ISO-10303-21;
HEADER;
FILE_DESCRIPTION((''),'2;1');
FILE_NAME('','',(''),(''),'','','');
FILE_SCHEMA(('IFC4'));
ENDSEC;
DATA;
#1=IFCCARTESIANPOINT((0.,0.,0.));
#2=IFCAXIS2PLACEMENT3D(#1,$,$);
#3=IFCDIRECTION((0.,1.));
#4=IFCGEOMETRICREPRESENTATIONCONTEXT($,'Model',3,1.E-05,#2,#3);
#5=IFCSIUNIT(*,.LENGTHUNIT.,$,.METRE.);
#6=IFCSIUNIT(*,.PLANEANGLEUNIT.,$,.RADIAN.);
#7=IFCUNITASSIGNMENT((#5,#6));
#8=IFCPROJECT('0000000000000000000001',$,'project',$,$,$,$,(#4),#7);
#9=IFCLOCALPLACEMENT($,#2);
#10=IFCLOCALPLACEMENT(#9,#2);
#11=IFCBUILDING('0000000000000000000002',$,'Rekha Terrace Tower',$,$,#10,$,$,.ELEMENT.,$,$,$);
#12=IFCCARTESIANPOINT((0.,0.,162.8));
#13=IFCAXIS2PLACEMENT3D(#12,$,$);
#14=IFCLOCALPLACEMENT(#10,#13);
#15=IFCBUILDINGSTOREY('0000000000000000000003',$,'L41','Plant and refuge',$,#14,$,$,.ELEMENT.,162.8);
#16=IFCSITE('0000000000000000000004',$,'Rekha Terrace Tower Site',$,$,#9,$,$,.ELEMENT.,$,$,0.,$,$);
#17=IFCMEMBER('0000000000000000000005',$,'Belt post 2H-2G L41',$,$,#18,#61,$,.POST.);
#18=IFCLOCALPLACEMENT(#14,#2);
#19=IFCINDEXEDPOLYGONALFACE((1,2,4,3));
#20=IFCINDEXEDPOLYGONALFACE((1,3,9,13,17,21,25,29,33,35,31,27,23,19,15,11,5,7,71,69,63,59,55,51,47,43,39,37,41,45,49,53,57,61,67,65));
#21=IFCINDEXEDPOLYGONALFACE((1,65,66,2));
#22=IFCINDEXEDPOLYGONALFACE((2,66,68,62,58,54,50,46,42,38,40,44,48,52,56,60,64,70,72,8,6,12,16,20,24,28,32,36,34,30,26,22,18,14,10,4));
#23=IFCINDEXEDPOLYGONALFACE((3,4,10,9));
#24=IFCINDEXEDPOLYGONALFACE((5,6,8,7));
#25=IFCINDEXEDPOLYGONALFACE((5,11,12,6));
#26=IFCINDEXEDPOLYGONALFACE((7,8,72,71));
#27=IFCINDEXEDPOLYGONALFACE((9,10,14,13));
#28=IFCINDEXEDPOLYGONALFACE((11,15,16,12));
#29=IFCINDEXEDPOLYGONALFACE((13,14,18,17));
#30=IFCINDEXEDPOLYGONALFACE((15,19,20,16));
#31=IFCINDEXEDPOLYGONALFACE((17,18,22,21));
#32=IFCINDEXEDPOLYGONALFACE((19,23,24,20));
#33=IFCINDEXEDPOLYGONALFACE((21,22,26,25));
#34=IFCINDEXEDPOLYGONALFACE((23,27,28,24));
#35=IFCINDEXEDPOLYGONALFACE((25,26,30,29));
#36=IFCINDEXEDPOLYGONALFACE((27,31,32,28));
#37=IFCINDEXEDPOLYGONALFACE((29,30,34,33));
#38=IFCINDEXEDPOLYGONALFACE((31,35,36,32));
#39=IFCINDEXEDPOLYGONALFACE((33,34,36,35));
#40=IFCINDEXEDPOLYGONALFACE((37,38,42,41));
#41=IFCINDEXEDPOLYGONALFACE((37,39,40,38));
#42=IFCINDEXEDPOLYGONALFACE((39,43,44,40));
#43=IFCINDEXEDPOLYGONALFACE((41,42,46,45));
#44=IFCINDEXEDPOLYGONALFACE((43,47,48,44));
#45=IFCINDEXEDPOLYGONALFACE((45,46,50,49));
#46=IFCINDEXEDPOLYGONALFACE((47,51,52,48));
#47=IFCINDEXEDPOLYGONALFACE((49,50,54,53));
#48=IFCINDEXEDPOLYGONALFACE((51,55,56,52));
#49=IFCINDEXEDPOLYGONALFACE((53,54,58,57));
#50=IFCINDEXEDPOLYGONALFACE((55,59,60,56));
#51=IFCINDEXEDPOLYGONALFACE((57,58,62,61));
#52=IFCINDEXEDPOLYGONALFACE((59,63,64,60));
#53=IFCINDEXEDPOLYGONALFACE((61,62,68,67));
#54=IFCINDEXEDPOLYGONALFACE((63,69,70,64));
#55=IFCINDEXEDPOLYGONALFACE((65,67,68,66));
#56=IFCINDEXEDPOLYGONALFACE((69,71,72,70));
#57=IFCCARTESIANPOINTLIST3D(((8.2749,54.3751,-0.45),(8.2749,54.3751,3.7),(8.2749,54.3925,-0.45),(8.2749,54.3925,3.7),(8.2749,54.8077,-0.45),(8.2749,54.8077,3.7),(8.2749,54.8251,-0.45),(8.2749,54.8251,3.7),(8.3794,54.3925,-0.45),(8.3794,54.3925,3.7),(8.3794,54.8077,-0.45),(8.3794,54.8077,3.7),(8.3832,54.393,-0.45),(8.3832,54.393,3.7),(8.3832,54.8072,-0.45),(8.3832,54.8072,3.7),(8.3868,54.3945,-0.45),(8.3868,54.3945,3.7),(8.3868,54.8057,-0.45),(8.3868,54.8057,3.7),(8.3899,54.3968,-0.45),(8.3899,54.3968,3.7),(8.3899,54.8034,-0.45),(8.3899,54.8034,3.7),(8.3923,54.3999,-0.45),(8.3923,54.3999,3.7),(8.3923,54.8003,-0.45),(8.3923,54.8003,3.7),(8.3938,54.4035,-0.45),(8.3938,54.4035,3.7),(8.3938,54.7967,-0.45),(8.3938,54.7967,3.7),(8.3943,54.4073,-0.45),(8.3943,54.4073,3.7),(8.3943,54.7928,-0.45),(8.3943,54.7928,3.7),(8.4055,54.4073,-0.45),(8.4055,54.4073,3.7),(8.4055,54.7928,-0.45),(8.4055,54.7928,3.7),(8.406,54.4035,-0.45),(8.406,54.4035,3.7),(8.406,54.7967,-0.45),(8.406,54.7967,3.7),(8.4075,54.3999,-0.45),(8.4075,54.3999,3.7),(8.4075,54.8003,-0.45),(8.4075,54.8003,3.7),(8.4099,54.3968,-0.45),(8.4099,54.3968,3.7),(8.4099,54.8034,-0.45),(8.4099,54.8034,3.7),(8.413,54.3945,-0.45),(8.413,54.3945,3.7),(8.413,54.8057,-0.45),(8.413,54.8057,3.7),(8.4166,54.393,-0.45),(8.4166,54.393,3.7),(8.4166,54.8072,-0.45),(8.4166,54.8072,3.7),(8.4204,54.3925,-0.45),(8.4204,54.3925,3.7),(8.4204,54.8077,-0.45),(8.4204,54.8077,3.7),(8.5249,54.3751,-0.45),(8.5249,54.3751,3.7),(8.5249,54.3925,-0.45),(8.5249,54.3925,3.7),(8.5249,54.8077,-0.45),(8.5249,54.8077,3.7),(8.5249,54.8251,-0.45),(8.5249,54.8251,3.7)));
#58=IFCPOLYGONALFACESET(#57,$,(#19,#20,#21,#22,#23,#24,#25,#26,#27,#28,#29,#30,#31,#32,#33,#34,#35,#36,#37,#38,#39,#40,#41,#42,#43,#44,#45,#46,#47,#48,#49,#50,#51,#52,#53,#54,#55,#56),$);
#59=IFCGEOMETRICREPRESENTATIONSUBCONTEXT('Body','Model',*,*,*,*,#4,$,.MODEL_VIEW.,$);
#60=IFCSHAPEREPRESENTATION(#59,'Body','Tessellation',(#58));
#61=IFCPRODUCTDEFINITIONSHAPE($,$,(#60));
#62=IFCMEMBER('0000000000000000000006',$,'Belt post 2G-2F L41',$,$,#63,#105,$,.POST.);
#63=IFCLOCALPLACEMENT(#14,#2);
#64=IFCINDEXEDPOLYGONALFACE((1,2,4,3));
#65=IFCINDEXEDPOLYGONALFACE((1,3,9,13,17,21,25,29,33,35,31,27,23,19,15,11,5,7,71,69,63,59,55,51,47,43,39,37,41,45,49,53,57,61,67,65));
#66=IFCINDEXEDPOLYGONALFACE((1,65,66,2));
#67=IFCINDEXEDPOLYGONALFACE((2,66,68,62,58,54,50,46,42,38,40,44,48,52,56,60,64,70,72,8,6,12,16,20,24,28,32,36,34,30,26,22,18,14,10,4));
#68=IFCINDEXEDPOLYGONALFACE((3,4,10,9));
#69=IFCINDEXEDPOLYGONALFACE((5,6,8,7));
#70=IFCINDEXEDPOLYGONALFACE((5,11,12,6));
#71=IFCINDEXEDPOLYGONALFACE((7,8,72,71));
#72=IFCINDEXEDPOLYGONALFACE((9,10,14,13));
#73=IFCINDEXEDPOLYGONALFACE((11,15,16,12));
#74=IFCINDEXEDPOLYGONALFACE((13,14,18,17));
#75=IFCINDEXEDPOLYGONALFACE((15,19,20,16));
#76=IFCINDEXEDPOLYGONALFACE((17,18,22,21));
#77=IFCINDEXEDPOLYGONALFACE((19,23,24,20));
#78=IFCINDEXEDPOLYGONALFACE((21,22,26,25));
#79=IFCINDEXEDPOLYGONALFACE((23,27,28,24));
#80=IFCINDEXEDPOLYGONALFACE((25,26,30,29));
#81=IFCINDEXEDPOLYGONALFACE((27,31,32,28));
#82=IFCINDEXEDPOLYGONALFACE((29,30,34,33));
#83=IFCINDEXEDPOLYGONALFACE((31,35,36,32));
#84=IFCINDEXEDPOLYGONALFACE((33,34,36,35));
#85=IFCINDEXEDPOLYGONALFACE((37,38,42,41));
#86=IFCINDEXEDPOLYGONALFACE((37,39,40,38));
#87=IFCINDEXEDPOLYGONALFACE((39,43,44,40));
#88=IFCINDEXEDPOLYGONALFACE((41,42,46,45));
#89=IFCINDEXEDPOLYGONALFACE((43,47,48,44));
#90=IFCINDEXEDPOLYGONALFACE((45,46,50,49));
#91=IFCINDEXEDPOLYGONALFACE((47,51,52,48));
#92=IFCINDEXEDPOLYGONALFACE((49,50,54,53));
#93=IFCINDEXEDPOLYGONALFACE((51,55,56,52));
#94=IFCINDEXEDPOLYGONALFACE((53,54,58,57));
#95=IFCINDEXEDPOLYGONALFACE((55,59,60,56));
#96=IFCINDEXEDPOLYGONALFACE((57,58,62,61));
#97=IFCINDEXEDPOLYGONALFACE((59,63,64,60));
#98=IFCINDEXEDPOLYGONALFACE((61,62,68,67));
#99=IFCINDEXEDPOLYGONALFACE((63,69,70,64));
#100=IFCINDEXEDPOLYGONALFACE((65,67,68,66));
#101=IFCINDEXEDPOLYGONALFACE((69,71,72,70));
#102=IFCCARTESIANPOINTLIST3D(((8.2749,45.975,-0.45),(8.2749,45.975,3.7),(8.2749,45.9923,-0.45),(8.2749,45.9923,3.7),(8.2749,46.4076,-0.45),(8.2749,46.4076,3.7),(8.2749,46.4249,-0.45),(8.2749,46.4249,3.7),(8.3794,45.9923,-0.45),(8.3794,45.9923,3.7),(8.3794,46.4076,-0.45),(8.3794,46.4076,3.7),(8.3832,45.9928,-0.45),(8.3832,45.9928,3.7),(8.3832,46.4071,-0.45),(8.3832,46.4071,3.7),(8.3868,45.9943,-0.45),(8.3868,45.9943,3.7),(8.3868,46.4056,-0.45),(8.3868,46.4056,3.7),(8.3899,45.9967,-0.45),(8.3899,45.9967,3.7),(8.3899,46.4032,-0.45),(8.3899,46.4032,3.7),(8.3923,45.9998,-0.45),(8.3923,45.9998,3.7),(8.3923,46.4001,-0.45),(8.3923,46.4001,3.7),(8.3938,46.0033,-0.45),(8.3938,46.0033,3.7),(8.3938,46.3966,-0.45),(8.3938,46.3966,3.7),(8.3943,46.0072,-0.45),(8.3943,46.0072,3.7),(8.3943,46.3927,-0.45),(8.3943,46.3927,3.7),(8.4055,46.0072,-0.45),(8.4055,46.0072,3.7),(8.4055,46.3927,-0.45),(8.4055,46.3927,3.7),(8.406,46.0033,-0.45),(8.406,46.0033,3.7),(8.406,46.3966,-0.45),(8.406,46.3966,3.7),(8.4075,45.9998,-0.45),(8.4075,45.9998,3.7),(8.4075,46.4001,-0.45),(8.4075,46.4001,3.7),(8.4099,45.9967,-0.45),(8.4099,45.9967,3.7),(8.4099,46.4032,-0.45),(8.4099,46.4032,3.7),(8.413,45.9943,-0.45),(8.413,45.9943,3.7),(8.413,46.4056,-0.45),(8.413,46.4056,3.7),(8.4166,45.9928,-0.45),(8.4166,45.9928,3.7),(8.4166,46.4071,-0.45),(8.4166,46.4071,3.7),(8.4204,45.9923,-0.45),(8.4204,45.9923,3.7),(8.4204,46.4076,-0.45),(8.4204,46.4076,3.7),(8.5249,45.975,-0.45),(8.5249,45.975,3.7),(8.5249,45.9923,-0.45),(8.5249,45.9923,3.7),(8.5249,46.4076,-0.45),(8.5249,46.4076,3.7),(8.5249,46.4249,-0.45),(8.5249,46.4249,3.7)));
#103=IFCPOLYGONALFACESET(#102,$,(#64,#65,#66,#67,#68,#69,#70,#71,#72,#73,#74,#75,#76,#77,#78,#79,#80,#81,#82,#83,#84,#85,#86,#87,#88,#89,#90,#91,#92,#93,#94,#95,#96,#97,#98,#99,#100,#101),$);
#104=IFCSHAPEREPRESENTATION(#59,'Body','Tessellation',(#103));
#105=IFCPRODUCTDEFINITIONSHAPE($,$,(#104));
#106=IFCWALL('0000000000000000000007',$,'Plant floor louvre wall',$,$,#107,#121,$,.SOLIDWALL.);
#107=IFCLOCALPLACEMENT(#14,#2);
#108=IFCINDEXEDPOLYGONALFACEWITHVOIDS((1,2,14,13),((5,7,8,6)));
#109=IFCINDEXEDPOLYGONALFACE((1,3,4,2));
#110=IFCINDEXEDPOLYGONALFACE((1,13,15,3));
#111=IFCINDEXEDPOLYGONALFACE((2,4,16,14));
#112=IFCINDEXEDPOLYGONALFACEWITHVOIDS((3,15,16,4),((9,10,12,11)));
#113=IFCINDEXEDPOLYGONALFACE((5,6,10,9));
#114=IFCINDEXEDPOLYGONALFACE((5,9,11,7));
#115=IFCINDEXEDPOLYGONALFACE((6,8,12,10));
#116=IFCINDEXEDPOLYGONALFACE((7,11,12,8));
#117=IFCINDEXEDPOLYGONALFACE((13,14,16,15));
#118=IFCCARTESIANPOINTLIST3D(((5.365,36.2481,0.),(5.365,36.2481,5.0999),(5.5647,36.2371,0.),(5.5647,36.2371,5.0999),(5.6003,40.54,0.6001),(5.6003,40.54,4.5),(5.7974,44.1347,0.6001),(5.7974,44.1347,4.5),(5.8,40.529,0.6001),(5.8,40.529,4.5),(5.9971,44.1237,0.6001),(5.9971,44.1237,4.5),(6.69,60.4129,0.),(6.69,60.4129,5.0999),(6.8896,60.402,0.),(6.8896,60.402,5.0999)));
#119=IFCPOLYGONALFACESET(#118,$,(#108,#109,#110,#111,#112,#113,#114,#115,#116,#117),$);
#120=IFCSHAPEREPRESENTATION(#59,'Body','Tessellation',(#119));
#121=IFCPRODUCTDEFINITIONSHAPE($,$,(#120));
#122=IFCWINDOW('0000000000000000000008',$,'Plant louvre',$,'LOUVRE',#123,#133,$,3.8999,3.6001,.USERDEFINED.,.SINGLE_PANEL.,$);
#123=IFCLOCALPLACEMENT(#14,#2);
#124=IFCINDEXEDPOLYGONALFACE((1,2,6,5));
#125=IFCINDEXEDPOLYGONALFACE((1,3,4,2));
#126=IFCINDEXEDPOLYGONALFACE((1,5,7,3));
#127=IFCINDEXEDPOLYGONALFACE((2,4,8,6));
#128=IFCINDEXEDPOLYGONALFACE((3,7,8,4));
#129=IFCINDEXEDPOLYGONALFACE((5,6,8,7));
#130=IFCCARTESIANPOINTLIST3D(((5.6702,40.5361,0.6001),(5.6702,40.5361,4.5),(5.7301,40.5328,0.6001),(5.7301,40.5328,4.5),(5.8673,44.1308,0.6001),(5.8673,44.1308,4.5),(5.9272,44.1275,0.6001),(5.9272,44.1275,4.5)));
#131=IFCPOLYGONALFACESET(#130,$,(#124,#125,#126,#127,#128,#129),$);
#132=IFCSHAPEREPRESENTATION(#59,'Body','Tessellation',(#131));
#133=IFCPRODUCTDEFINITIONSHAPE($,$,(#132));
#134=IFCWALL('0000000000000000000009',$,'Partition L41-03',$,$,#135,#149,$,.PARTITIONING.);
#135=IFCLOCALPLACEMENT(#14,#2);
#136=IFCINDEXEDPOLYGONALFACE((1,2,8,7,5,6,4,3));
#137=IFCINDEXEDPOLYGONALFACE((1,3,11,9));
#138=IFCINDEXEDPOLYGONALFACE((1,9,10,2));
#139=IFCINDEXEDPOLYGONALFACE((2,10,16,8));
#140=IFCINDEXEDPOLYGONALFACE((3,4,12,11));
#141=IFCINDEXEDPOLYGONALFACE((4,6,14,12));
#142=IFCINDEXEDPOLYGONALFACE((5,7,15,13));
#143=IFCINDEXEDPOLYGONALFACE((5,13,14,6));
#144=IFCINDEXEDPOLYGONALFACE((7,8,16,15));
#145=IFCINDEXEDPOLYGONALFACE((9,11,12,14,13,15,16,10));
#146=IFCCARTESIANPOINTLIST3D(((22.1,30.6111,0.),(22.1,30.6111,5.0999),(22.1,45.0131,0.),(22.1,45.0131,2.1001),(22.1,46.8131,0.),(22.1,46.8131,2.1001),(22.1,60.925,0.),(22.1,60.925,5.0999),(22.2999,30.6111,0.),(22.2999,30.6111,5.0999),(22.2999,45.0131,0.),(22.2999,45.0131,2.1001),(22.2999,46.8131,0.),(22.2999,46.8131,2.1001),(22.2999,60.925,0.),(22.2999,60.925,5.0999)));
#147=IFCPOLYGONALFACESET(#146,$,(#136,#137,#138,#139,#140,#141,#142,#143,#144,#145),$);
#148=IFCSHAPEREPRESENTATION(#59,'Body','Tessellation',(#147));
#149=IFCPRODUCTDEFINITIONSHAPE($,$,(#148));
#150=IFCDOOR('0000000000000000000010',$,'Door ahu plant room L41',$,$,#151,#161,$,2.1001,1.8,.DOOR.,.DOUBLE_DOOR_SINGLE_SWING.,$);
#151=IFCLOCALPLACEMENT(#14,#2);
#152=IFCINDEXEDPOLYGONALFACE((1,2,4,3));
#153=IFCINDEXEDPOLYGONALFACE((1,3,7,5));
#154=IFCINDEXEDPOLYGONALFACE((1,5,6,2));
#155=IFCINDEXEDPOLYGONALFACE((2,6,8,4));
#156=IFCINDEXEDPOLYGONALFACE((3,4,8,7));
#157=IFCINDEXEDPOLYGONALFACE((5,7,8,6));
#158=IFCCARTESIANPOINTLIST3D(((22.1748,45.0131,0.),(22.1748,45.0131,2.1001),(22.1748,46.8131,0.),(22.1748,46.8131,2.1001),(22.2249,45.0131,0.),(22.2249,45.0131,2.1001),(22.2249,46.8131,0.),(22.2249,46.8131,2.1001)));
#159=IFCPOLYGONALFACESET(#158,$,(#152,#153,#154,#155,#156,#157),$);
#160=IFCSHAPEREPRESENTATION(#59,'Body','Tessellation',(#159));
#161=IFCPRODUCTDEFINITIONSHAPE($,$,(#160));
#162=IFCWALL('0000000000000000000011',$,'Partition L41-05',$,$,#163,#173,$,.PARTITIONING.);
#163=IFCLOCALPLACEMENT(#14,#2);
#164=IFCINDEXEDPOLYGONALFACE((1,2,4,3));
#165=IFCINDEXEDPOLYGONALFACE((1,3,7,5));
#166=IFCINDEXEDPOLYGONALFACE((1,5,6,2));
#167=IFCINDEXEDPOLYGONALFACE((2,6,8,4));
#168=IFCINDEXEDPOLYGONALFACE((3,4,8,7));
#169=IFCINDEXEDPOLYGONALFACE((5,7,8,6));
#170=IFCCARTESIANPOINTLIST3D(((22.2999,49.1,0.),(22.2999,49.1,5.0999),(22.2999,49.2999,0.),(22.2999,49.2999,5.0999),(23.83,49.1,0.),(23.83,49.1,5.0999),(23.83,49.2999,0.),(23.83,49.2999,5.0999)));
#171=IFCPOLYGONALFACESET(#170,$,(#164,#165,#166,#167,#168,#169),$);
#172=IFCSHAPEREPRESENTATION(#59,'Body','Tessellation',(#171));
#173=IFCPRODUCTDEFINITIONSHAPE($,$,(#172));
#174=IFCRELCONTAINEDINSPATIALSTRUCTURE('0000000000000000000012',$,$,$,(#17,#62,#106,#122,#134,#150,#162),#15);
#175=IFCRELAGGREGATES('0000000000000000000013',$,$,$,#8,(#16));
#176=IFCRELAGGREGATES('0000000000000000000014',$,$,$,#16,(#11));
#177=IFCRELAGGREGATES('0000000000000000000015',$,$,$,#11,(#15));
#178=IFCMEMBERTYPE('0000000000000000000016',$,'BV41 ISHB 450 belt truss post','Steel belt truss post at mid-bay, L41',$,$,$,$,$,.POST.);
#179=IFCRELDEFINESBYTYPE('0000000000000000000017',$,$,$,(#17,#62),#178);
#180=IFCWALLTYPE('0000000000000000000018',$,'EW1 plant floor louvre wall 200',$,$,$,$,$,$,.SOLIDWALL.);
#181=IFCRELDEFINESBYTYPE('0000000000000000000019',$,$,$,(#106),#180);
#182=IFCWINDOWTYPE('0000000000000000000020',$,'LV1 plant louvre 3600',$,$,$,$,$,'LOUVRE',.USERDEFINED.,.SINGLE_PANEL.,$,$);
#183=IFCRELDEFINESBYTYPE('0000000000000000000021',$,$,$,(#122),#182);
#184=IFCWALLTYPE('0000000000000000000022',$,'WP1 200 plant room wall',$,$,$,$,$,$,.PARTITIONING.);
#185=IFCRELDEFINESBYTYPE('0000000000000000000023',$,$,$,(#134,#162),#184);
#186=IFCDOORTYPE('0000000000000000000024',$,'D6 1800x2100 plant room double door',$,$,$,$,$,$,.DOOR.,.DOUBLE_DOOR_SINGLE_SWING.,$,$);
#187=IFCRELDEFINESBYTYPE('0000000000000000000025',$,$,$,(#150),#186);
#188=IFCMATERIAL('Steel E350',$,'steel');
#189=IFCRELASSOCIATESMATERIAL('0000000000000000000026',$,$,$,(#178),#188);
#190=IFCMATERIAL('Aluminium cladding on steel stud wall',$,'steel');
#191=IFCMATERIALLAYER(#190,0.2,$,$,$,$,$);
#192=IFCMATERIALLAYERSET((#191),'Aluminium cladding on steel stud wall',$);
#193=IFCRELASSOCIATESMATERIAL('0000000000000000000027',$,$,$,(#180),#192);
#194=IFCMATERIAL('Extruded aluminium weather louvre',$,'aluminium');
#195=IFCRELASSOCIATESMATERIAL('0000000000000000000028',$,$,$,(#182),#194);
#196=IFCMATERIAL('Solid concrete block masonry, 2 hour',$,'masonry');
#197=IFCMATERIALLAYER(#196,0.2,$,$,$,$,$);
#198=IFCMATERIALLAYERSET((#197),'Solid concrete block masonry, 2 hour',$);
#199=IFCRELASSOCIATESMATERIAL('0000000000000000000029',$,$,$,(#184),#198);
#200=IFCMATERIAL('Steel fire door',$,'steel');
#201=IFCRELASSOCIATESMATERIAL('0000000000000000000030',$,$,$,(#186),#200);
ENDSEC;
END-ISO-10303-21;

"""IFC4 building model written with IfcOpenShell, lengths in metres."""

from ifc_helpers import new_model, si_unit, direction, frame, frame_2d, origin, origin_2d, place, context, subcontext, project, spatial, rectangle, i_section, extrude, material, layer, layer_set, material_profile, profile_set, type_object, element, fill, save


model = new_model("IFC4")

# Units and contexts
model_context = context("Model", 3, precision=1e-05, world=origin(), true_north=direction((0.0, 1.0)))
body_context = subcontext(model_context, "Body", "Model", "MODEL_VIEW")
ifc_project = project(units=[si_unit("LENGTHUNIT", "METRE"), si_unit("PLANEANGLEUNIT", "RADIAN")], contexts=[model_context])

# Site, building, storey
site_placement = place(None, origin())
site = spatial("IfcSite", under=ifc_project, at=site_placement, Name="Rekha Terrace Tower Site", CompositionType="ELEMENT", RefElevation=0.0)
building_placement = place(site_placement, origin())
building = spatial("IfcBuilding", under=site, at=building_placement, Name="Rekha Terrace Tower", CompositionType="ELEMENT")
storey_placement = place(building_placement, frame((0.0, 0.0, 162.8)))
storey = spatial("IfcBuildingStorey", under=building, at=storey_placement, Name="L41", Description="Plant and refuge", CompositionType="ELEMENT", Elevation=162.8)

# Members
ifc_material_1 = material(Name="Steel E350", Category="steel")
ifc_material_profile_1 = material_profile(ifc_material_1, i_section(OverallWidth=0.25, OverallDepth=0.45, WebThickness=0.0112, FlangeThickness=0.0173, FilletRadius=0.0149, at=origin_2d()), Name="ISHB 450")
ifc_profile_set_1 = profile_set([ifc_material_profile_1], Name="Steel E350")
member_type_1 = type_object("IfcMemberType", Name="BV41 ISHB 450 belt truss post", Description="Steel belt truss post at mid-bay, L41", PredefinedType="POST", material=ifc_profile_set_1)
for number, where, z_axis, x_axis, name in (
    (1, (8.3999, 54.6001, -0.45), (0.0, 0.0, 1.0), (1.0, 0.0, 0.0), "Belt post 2H-2G L41"),
    (2, (8.3999, 46.2, -0.45), (0.0, 0.0, 1.0), (1.0, 0.0, 0.0), "Belt post 2G-2F L41"),
):
    element("IfcMember", number, at=place(storey_placement, frame(where, z_axis=z_axis, x_axis=x_axis)), inside=storey, type_object=member_type_1, Name=name, PredefinedType="POST", context=body_context, shape_type="SweptSolid", body=[
        extrude(i_section(OverallWidth=0.25, OverallDepth=0.45, WebThickness=0.0112, FlangeThickness=0.0173, FilletRadius=0.0149, at=origin_2d()), origin(), (0.0, 0.0, 1.0), 4.1499),
    ])

# Wall, opening, window
ifc_material_2 = material(Name="Aluminium cladding on steel stud wall", Category="steel")
ifc_layer_1 = layer(ifc_material_2, 0.2)
ifc_layer_set_1 = layer_set([ifc_layer_1], Name="Aluminium cladding on steel stud wall")
wall_type_1 = type_object("IfcWallType", Name="EW1 plant floor louvre wall 200", PredefinedType="SOLIDWALL", material=ifc_layer_set_1)
wall_1_placement = place(storey_placement, frame((6.7898, 60.4075, 0.0), z_axis=(0.0, 0.0, 1.0), x_axis=(-0.054748, -0.9985, 0.0)))
wall_1 = element("IfcWall", 3, at=wall_1_placement, inside=storey, type_object=wall_type_1, Name="Plant floor louvre wall", PredefinedType="SOLIDWALL", context=body_context, shape_type="SweptSolid", body=[
    extrude(rectangle(XDim=24.2012, YDim=0.2, at=frame_2d((12.1006, 0.0))), origin(), (0.0, 0.0, 1.0), 5.0999),
])
opening_1_placement = place(wall_1_placement, frame((16.3027, 0.0, 0.6001)))
opening_1 = element("IfcOpeningElement", 4, at=opening_1_placement, cuts=wall_1, PredefinedType="OPENING", context=body_context, shape_type="SweptSolid", body=[
    extrude(rectangle(XDim=3.6001, YDim=3.8999, at=frame_2d((1.8, 1.95))), frame((0.0, 0.1099, 0.0), z_axis=(0.0, -1.0, 0.0), x_axis=(1.0, 0.0, 0.0)), (0.0, 0.0, 1.0), 0.22),
])
ifc_material_3 = material(Name="Extruded aluminium weather louvre", Category="aluminium")
window_type = type_object("IfcWindowType", Name="LV1 plant louvre 3600", ElementType="LOUVRE", PartitioningType="SINGLE_PANEL", PredefinedType="USERDEFINED", material=ifc_material_3)
window_placement = place(opening_1_placement, origin())
window = element("IfcWindow", 5, at=window_placement, inside=storey, type_object=window_type, Name="Plant louvre", ObjectType="LOUVRE", OverallHeight=3.8999, OverallWidth=3.6001, PartitioningType="SINGLE_PANEL", PredefinedType="USERDEFINED", context=body_context, shape_type="SweptSolid", body=[
    extrude(rectangle(XDim=3.6001, YDim=3.8999, at=frame_2d((1.8, 1.95))), frame((0.0, 0.03, 0.0), z_axis=(0.0, -1.0, 0.0), x_axis=(1.0, 0.0, 0.0)), (0.0, 0.0, 1.0), 0.0601),
])
fill(opening_1, window)

# Wall, opening, door
ifc_material_4 = material(Name="Solid concrete block masonry, 2 hour", Category="masonry")
ifc_layer_2 = layer(ifc_material_4, 0.2)
ifc_layer_set_2 = layer_set([ifc_layer_2], Name="Solid concrete block masonry, 2 hour")
wall_type_2 = type_object("IfcWallType", Name="WP1 200 plant room wall", PredefinedType="PARTITIONING", material=ifc_layer_set_2)
wall_2_placement = place(storey_placement, frame((22.2, 60.925, 0.0), z_axis=(0.0, 0.0, 1.0), x_axis=(0.0, -1.0, 0.0)))
wall_2 = element("IfcWall", 6, at=wall_2_placement, inside=storey, type_object=wall_type_2, Name="Partition L41-03", PredefinedType="PARTITIONING", context=body_context, shape_type="SweptSolid", body=[
    extrude(rectangle(XDim=30.314, YDim=0.2, at=frame_2d((15.157, 0.0))), origin(), (0.0, 0.0, 1.0), 5.0999),
])
opening_2_placement = place(wall_2_placement, frame((14.1121, 0.0, 0.0)))
opening_2 = element("IfcOpeningElement", 7, at=opening_2_placement, cuts=wall_2, PredefinedType="OPENING", context=body_context, shape_type="SweptSolid", body=[
    extrude(rectangle(XDim=1.8, YDim=2.1001, at=frame_2d((0.8999, 1.05))), frame((0.0, 0.1099, 0.0), z_axis=(0.0, -1.0, 0.0), x_axis=(1.0, 0.0, 0.0)), (0.0, 0.0, 1.0), 0.22),
])
ifc_material_5 = material(Name="Steel fire door", Category="steel")
door_type = type_object("IfcDoorType", Name="D6 1800x2100 plant room double door", OperationType="DOUBLE_DOOR_SINGLE_SWING", PredefinedType="DOOR", material=ifc_material_5)
door_placement = place(opening_2_placement, origin())
door = element("IfcDoor", 8, at=door_placement, inside=storey, type_object=door_type, Name="Door ahu plant room L41", OperationType="DOUBLE_DOOR_SINGLE_SWING", OverallHeight=2.1001, OverallWidth=1.8, PredefinedType="DOOR", context=body_context, shape_type="SweptSolid", body=[
    extrude(rectangle(XDim=1.8, YDim=2.1001, at=frame_2d((0.8999, 1.05))), frame((0.0, 0.0249, 0.0), z_axis=(0.0, -1.0, 0.0), x_axis=(1.0, 0.0, 0.0)), (0.0, 0.0, 1.0), 0.05),
])
fill(opening_2, door)

# Wall
wall_3_placement = place(storey_placement, frame((23.8301, 49.2, 0.0), z_axis=(0.0, 0.0, 1.0), x_axis=(-1.0, 0.0, 0.0)))
element("IfcWall", 9, at=wall_3_placement, inside=storey, type_object=wall_type_2, Name="Partition L41-05", PredefinedType="PARTITIONING", context=body_context, shape_type="SweptSolid", body=[
    extrude(rectangle(XDim=1.53, YDim=0.2, at=frame_2d((0.7651, 0.0))), origin(), (0.0, 0.0, 1.0), 5.0999),
])

save(model, "model.ifc")
